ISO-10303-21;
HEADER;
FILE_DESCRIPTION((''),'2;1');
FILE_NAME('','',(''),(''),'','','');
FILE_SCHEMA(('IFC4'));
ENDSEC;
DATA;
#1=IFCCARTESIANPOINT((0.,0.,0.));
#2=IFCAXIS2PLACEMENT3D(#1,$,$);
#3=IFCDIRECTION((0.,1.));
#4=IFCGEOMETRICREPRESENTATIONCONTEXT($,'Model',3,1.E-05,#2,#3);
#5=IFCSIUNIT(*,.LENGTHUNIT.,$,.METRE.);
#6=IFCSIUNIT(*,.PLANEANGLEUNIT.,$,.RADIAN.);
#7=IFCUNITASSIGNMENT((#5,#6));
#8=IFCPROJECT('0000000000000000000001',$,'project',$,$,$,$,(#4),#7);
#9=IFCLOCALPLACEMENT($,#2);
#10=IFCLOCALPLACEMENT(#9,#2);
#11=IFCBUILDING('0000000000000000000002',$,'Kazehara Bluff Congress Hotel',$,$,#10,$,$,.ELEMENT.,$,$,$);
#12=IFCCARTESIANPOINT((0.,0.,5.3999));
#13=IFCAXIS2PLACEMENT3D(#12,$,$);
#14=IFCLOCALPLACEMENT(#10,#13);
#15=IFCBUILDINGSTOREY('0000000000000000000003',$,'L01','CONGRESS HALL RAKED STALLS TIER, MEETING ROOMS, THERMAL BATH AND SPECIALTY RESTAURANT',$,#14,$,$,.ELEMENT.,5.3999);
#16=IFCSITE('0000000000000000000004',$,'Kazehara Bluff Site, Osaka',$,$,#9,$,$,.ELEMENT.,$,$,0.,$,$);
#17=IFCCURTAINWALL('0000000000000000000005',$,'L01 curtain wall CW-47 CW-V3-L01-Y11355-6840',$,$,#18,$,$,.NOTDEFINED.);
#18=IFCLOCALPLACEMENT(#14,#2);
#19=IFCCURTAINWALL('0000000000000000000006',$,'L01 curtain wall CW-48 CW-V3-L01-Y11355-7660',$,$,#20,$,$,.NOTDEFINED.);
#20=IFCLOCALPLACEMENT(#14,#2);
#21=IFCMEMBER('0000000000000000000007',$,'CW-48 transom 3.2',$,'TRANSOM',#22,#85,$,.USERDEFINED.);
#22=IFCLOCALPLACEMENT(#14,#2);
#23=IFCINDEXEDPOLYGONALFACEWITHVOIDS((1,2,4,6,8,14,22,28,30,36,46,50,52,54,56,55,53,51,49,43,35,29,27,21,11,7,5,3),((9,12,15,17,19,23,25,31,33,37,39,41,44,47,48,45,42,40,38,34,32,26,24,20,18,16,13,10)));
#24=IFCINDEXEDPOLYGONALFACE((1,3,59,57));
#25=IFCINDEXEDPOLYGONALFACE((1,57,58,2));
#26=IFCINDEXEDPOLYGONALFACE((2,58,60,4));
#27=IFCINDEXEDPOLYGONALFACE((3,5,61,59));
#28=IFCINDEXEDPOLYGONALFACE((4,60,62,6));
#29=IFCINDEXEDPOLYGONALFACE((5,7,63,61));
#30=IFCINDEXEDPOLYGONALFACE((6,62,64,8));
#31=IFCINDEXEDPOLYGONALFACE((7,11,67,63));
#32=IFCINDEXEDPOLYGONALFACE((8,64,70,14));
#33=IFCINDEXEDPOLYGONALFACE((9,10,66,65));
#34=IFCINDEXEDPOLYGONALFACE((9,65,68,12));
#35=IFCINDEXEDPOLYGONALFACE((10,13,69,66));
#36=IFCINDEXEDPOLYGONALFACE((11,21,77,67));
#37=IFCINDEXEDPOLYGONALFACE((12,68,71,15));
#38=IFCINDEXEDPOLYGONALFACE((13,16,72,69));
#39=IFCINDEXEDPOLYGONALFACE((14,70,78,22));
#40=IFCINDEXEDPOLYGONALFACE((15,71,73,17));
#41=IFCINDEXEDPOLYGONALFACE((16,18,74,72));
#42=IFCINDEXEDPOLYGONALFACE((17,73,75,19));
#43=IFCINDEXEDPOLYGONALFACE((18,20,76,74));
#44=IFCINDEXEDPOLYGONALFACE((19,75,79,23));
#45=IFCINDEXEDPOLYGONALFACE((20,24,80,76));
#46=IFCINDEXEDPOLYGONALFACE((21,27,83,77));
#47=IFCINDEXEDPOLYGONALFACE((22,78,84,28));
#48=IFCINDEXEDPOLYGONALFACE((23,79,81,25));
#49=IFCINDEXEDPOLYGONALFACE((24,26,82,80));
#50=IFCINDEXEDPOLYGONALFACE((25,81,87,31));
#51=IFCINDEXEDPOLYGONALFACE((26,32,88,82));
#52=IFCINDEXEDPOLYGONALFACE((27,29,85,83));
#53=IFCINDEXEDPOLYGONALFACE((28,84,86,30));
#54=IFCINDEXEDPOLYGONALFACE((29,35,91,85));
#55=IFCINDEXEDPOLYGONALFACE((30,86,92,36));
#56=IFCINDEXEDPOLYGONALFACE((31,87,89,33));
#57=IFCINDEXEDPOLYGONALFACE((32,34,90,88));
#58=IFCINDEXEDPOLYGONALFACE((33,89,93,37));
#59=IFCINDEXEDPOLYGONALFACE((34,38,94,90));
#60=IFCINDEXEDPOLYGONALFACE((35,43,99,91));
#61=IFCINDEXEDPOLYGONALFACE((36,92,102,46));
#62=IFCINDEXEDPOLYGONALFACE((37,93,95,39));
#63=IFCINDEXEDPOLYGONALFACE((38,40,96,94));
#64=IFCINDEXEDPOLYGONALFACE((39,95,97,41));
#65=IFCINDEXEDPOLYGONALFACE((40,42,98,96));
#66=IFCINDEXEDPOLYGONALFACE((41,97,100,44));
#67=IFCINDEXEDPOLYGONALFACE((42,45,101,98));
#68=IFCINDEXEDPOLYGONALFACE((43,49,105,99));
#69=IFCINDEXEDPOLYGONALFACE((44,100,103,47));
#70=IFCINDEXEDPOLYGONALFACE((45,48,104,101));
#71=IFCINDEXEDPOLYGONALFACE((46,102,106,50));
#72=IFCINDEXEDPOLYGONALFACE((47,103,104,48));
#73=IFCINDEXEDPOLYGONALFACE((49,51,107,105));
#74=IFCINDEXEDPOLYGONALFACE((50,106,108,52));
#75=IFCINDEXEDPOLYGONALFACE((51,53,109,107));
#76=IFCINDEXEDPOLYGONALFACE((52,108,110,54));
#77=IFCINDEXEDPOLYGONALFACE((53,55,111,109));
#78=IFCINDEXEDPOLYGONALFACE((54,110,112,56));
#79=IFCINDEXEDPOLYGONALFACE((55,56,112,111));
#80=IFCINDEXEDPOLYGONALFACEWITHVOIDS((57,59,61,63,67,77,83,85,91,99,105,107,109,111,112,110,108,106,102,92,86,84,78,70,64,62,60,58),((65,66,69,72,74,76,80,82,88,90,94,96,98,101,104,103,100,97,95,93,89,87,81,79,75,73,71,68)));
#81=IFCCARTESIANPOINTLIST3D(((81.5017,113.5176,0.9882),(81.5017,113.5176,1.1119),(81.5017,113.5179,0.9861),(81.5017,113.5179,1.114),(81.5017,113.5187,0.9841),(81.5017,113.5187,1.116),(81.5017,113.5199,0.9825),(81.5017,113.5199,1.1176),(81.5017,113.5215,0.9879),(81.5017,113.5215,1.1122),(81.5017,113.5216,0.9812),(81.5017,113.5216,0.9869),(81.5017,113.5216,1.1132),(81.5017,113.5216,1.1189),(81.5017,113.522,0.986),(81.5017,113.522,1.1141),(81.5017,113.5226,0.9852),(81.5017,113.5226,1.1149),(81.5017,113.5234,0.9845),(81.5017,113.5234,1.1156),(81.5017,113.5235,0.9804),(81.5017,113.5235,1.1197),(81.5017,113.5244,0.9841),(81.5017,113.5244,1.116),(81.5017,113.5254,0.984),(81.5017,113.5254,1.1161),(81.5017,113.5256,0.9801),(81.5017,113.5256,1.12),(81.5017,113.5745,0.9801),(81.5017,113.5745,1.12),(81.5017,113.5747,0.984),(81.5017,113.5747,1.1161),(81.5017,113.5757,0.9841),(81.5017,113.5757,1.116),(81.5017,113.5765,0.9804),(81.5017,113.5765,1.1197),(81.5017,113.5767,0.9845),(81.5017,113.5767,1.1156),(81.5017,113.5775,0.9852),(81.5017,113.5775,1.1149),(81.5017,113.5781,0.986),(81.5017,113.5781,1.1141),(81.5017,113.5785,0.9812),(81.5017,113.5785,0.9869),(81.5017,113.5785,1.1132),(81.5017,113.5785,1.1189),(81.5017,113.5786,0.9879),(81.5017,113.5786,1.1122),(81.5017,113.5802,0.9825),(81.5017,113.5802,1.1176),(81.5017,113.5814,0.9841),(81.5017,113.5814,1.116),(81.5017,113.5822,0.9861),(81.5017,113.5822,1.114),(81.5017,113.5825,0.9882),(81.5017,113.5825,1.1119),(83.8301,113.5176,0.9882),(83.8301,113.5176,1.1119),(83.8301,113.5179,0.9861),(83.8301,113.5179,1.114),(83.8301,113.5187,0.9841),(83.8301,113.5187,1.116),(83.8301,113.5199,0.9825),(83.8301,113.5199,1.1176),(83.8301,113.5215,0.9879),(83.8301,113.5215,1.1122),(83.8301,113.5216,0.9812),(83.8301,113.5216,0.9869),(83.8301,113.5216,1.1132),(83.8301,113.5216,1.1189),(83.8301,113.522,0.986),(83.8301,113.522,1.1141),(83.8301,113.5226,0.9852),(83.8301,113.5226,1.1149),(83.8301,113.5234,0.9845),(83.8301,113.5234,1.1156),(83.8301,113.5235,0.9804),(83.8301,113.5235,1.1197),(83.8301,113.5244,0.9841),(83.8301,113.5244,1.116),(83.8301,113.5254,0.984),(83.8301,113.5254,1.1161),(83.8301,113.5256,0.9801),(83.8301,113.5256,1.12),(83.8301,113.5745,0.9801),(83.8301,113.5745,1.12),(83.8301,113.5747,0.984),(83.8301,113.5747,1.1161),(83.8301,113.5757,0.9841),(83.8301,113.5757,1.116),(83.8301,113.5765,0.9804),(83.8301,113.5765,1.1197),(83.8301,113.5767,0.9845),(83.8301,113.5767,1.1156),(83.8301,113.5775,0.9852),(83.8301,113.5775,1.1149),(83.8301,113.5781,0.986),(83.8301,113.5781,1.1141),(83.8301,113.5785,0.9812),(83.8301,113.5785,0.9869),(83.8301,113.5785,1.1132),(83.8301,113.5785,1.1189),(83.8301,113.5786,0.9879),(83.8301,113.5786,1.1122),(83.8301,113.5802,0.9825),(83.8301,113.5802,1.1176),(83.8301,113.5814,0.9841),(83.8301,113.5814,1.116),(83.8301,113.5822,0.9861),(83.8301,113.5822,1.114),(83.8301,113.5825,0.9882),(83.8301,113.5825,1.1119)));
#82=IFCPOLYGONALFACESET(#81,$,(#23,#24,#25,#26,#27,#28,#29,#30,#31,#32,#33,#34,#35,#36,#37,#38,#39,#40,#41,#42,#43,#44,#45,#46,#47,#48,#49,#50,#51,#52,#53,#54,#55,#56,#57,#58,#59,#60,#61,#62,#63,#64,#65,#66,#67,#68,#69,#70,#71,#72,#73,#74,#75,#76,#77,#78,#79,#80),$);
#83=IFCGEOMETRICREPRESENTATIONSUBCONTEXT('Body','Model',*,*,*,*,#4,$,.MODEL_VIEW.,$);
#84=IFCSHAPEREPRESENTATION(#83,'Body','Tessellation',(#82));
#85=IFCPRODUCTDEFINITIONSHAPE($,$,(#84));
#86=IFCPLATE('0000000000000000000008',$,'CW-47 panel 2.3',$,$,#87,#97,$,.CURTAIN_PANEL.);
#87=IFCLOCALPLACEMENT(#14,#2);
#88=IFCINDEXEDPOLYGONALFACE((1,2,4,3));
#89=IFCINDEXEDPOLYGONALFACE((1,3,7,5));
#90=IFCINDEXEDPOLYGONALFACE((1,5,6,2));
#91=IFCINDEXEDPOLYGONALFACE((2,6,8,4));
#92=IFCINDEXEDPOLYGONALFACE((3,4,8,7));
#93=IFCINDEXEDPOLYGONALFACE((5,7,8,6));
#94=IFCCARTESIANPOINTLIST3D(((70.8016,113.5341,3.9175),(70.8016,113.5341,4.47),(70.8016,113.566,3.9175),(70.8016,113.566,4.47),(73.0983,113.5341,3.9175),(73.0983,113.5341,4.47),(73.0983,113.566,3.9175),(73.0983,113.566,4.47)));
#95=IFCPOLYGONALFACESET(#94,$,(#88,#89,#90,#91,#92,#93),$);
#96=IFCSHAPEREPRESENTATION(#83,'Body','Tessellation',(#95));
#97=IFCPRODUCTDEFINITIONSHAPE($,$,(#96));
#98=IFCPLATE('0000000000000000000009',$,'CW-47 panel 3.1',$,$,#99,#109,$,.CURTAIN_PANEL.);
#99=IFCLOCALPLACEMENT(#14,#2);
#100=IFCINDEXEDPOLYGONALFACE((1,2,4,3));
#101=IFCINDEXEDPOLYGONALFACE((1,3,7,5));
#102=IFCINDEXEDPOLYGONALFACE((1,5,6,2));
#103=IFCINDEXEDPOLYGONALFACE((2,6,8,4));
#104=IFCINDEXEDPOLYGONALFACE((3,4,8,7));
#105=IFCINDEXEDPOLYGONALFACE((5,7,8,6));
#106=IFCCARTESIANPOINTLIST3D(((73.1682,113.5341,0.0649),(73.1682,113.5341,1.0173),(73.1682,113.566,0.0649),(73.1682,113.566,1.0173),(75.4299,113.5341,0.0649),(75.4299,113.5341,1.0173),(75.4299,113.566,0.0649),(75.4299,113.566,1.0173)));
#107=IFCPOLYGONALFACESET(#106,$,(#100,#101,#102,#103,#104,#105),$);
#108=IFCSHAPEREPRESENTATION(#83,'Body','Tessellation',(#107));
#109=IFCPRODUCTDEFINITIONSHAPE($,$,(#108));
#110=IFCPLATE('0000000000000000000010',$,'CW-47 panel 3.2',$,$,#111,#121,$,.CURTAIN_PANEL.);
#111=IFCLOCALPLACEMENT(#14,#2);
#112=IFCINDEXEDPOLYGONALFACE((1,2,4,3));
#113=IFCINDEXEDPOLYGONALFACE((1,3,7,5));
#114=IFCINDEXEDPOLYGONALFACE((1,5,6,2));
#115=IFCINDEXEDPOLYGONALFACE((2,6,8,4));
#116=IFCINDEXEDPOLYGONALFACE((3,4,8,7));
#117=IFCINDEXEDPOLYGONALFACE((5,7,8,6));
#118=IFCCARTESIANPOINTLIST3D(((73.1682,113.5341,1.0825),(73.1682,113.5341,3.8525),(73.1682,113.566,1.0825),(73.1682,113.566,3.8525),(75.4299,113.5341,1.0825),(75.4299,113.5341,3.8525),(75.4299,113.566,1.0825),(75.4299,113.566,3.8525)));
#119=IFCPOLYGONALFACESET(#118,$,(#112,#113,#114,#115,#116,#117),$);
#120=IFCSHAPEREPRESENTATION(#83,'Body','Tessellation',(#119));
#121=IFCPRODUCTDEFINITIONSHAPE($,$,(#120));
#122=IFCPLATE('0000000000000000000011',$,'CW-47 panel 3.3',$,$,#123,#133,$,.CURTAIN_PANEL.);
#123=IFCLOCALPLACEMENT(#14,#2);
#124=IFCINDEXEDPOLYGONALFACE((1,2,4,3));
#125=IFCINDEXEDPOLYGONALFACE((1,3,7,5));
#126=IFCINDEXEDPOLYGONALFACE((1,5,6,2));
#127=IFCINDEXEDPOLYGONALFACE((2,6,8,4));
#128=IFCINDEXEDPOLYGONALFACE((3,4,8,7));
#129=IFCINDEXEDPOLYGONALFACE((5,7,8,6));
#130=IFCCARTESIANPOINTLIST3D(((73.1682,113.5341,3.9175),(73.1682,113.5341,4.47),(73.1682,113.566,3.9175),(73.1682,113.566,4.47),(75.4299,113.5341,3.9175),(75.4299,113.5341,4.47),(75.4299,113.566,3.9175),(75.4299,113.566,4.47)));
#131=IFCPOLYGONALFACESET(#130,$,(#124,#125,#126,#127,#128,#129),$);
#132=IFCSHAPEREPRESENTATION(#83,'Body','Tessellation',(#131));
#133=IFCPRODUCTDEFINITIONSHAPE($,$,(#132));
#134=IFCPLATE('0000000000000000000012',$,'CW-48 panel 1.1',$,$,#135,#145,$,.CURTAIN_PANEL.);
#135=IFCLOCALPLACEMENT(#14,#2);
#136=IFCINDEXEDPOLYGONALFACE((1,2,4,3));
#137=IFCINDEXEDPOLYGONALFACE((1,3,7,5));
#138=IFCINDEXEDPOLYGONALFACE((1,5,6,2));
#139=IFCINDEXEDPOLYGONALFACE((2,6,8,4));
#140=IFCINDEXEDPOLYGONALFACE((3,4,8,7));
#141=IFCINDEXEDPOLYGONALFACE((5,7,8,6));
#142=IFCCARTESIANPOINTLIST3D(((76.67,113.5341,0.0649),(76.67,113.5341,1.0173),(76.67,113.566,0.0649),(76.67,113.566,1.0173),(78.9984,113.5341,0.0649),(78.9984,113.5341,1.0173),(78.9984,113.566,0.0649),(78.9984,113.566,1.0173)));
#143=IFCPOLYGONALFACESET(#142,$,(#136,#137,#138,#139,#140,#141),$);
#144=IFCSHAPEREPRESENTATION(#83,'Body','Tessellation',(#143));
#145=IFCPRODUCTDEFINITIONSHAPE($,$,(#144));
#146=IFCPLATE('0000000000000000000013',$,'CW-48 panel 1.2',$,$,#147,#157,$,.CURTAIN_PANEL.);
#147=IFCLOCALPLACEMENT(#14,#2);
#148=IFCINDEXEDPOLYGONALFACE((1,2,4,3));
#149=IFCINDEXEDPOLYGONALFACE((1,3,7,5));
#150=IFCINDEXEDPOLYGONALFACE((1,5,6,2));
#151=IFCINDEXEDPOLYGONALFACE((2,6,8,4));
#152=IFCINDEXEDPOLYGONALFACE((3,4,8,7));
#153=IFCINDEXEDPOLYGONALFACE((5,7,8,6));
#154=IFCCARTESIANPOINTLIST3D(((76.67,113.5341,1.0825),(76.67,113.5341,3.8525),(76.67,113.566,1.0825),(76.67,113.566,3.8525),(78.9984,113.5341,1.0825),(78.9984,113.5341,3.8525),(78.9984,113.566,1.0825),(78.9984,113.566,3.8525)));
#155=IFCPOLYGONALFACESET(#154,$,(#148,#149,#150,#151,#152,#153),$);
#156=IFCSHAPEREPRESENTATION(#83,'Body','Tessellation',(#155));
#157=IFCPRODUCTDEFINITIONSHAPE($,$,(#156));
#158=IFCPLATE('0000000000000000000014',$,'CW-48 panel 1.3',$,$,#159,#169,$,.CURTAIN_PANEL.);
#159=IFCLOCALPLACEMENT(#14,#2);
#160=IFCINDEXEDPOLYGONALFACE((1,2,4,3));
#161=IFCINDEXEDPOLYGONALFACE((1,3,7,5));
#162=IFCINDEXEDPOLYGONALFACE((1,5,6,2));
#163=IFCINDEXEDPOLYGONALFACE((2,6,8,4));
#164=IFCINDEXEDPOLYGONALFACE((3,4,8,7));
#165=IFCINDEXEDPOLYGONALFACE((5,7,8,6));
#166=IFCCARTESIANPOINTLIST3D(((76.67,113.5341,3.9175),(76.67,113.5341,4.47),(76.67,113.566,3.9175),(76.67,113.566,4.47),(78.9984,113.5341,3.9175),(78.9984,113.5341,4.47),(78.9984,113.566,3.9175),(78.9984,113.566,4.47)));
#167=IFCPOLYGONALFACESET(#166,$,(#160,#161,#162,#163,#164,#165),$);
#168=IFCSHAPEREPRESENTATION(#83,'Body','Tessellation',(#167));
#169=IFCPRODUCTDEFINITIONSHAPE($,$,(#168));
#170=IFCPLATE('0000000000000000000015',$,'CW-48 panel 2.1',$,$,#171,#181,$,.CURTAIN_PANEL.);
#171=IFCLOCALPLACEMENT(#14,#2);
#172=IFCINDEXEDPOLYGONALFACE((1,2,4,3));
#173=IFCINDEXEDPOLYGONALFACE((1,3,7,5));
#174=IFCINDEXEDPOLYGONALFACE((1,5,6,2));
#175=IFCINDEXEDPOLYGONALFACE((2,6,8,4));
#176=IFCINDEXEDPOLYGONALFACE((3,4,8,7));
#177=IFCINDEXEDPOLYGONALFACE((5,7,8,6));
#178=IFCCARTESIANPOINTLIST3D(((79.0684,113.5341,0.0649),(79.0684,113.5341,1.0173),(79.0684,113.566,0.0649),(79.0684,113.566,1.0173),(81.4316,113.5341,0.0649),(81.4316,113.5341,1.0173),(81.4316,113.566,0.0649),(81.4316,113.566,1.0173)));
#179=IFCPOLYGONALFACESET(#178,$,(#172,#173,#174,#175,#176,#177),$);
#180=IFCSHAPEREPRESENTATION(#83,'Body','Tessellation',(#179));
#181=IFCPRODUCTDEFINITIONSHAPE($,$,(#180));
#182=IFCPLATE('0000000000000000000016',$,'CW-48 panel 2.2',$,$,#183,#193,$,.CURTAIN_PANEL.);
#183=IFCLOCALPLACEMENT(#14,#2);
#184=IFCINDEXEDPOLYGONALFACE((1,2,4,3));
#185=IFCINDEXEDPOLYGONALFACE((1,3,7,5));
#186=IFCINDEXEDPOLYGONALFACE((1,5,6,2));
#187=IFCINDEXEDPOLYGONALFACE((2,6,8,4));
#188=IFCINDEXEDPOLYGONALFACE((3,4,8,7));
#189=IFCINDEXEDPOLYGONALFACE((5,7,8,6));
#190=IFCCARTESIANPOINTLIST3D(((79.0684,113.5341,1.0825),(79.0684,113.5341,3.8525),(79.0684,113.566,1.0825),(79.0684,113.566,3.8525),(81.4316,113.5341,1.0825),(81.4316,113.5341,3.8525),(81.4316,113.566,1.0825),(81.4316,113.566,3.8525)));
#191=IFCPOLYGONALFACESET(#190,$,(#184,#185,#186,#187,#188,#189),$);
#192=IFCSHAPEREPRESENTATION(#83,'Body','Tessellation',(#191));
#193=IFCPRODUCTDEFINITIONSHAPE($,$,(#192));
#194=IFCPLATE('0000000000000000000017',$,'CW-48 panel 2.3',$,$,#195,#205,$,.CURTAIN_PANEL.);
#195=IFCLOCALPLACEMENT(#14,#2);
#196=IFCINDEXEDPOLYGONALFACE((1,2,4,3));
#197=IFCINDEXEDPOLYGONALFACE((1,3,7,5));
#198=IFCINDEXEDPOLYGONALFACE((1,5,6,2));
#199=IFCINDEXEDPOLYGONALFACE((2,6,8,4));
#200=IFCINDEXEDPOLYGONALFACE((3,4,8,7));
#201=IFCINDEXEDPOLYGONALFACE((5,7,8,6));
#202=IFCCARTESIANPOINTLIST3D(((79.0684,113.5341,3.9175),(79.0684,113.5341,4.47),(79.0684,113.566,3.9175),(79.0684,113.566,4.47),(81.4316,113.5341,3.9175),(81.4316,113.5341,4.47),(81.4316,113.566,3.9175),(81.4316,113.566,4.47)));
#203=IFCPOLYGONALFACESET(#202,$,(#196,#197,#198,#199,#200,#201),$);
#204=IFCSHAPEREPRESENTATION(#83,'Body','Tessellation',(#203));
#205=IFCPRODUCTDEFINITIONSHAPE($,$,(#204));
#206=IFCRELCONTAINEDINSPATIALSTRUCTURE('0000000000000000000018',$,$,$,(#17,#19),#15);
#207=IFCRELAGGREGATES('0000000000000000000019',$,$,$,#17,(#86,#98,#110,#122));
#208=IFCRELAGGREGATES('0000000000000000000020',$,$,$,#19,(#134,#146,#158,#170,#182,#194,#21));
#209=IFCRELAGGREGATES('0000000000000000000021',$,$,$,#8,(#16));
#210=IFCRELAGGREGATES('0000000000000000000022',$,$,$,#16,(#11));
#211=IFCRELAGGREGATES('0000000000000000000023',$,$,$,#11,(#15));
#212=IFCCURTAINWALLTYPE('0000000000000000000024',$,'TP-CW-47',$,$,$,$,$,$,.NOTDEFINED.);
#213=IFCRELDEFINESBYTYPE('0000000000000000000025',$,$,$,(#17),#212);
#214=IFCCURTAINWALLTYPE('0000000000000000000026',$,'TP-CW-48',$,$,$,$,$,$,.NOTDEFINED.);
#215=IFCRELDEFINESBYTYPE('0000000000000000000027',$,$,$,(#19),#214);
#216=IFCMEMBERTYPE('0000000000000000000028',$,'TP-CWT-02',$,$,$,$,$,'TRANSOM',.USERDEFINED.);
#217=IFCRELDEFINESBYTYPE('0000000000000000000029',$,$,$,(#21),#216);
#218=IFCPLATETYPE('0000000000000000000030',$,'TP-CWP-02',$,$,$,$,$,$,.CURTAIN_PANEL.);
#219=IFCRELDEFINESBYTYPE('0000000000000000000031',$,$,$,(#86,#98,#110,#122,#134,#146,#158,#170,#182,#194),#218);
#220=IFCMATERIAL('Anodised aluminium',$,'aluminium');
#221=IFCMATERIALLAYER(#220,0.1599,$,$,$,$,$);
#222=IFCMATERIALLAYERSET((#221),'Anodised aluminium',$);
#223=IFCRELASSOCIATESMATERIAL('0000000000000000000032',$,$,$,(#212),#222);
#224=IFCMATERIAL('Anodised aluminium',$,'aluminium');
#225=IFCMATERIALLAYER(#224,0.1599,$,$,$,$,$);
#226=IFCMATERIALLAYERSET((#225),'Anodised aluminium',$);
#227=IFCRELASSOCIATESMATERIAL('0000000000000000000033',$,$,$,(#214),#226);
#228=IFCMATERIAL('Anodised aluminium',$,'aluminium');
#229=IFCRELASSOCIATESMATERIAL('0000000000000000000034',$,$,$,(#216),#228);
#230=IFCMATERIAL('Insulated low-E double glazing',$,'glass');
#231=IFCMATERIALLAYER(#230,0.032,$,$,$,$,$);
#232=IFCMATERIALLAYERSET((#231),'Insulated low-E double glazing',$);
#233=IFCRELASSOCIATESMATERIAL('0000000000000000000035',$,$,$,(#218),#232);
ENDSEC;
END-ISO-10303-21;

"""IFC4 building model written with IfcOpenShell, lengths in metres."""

from ifc_helpers import new_model, si_unit, direction, frame, origin, origin_2d, place, context, subcontext, project, spatial, rectangle, hollow_rectangle, extrude, material, layer, layer_set, material_profile, profile_set, type_object, element, aggregate, save


model = new_model("IFC4")

# Units and contexts
model_context = context("Model", 3, precision=1e-05, world=origin(), true_north=direction((0.0, 1.0)))
body_context = subcontext(model_context, "Body", "Model", "MODEL_VIEW")
ifc_project = project(units=[si_unit("LENGTHUNIT", "METRE"), si_unit("PLANEANGLEUNIT", "RADIAN")], contexts=[model_context])

# Site, building, storey
site_placement = place(None, origin())
site = spatial("IfcSite", under=ifc_project, at=site_placement, Name="Kazehara Bluff Site, Osaka", CompositionType="ELEMENT", RefElevation=0.0)
building_placement = place(site_placement, origin())
building = spatial("IfcBuilding", under=site, at=building_placement, Name="Kazehara Bluff Congress Hotel", CompositionType="ELEMENT")
storey_placement = place(building_placement, frame((0.0, 0.0, 5.3999)))
storey = spatial("IfcBuildingStorey", under=building, at=storey_placement, Name="L01", Description="CONGRESS HALL RAKED STALLS TIER, MEETING ROOMS, THERMAL BATH AND SPECIALTY RESTAURANT", CompositionType="ELEMENT", Elevation=5.3999)

# Curtain walls
ifc_material_1 = material(Name="Anodised aluminium", Category="aluminium")
ifc_layer_1 = layer(ifc_material_1, 0.1599)
ifc_layer_set_1 = layer_set([ifc_layer_1], Name="Anodised aluminium")
curtain_wall_type_1 = type_object("IfcCurtainWallType", Name="TP-CW-47", PredefinedType="NOTDEFINED", material=ifc_layer_set_1)
curtain_wall_1_placement = place(storey_placement, origin())
curtain_wall_1 = element("IfcCurtainWall", 1, at=curtain_wall_1_placement, inside=storey, type_object=curtain_wall_type_1, Name="L01 curtain wall CW-47 CW-V3-L01-Y11355-6840", PredefinedType="NOTDEFINED")
ifc_material_2 = material(Name="Anodised aluminium", Category="aluminium")
ifc_layer_2 = layer(ifc_material_2, 0.1599)
ifc_layer_set_2 = layer_set([ifc_layer_2], Name="Anodised aluminium")
curtain_wall_type_2 = type_object("IfcCurtainWallType", Name="TP-CW-48", PredefinedType="NOTDEFINED", material=ifc_layer_set_2)
curtain_wall_2_placement = place(storey_placement, origin())
curtain_wall_2 = element("IfcCurtainWall", 2, at=curtain_wall_2_placement, inside=storey, type_object=curtain_wall_type_2, Name="L01 curtain wall CW-48 CW-V3-L01-Y11355-7660", PredefinedType="NOTDEFINED")

# Member
ifc_material_3 = material(Name="Anodised aluminium", Category="aluminium")
ifc_material_profile_1 = material_profile(ifc_material_3, hollow_rectangle(XDim=0.0649, YDim=0.1399, WallThickness=0.0039, InnerFilletRadius=0.0039, OuterFilletRadius=0.0081, at=origin_2d()))
ifc_profile_set_1 = profile_set([ifc_material_profile_1], Name="Anodised aluminium")
member_type_1 = type_object("IfcMemberType", Name="TP-CWT-02", ElementType="TRANSOM", PredefinedType="USERDEFINED", material=ifc_profile_set_1)
member_1_placement = place(storey_placement, frame((81.5017, 113.55, 1.05), z_axis=(1.0, 0.0, 0.0), x_axis=(0.0, 1.0, 0.0)))
member_1 = element("IfcMember", 3, at=member_1_placement, type_object=member_type_1, Name="CW-48 transom 3.2", ObjectType="TRANSOM", PredefinedType="USERDEFINED", context=body_context, shape_type="SweptSolid", body=[
    extrude(hollow_rectangle(XDim=0.0649, YDim=0.1399, WallThickness=0.0039, InnerFilletRadius=0.0039, OuterFilletRadius=0.0081, at=origin_2d()), origin(), (0.0, 0.0, 1.0), 2.3284),
])

# Plates
ifc_material_4 = material(Name="Insulated low-E double glazing", Category="glass")
ifc_layer_3 = layer(ifc_material_4, 0.032)
ifc_layer_set_3 = layer_set([ifc_layer_3], Name="Insulated low-E double glazing")
plate_type = type_object("IfcPlateType", Name="TP-CWP-02", PredefinedType="CURTAIN_PANEL", material=ifc_layer_set_3)
plate_1_placement = place(storey_placement, frame((71.95, 113.55, 3.9175), z_axis=(0.0, 0.0, 1.0), x_axis=(1.0, 0.0, 0.0)))
plate_1 = element("IfcPlate", 4, at=plate_1_placement, type_object=plate_type, Name="CW-47 panel 2.3", PredefinedType="CURTAIN_PANEL", context=body_context, shape_type="SweptSolid", body=[
    extrude(rectangle(XDim=2.2966, YDim=0.032, at=origin_2d()), origin(), (0.0, 0.0, 1.0), 0.5525),
])
plate_2_placement = place(storey_placement, frame((74.2991, 113.55, 0.0649), z_axis=(0.0, 0.0, 1.0), x_axis=(1.0, 0.0, 0.0)))
plate_2 = element("IfcPlate", 5, at=plate_2_placement, type_object=plate_type, Name="CW-47 panel 3.1", PredefinedType="CURTAIN_PANEL", context=body_context, shape_type="SweptSolid", body=[
    extrude(rectangle(XDim=2.2617, YDim=0.032, at=origin_2d()), origin(), (0.0, 0.0, 1.0), 0.9524),
])
plate_3_placement = place(storey_placement, frame((74.2991, 113.55, 1.0825), z_axis=(0.0, 0.0, 1.0), x_axis=(1.0, 0.0, 0.0)))
plate_3 = element("IfcPlate", 6, at=plate_3_placement, type_object=plate_type, Name="CW-47 panel 3.2", PredefinedType="CURTAIN_PANEL", context=body_context, shape_type="SweptSolid", body=[
    extrude(rectangle(XDim=2.2617, YDim=0.032, at=origin_2d()), origin(), (0.0, 0.0, 1.0), 2.77),
])
plate_4_placement = place(storey_placement, frame((74.2991, 113.55, 3.9175), z_axis=(0.0, 0.0, 1.0), x_axis=(1.0, 0.0, 0.0)))
plate_4 = element("IfcPlate", 7, at=plate_4_placement, type_object=plate_type, Name="CW-47 panel 3.3", PredefinedType="CURTAIN_PANEL", context=body_context, shape_type="SweptSolid", body=[
    extrude(rectangle(XDim=2.2617, YDim=0.032, at=origin_2d()), origin(), (0.0, 0.0, 1.0), 0.5525),
])
aggregate(curtain_wall_1, [plate_1, plate_2, plate_3, plate_4])
plate_5_placement = place(storey_placement, frame((77.8342, 113.55, 0.0649), z_axis=(0.0, 0.0, 1.0), x_axis=(1.0, 0.0, 0.0)))
plate_5 = element("IfcPlate", 8, at=plate_5_placement, type_object=plate_type, Name="CW-48 panel 1.1", PredefinedType="CURTAIN_PANEL", context=body_context, shape_type="SweptSolid", body=[
    extrude(rectangle(XDim=2.3284, YDim=0.032, at=origin_2d()), origin(), (0.0, 0.0, 1.0), 0.9524),
])
plate_6_placement = place(storey_placement, frame((77.8342, 113.55, 1.0825), z_axis=(0.0, 0.0, 1.0), x_axis=(1.0, 0.0, 0.0)))
plate_6 = element("IfcPlate", 9, at=plate_6_placement, type_object=plate_type, Name="CW-48 panel 1.2", PredefinedType="CURTAIN_PANEL", context=body_context, shape_type="SweptSolid", body=[
    extrude(rectangle(XDim=2.3284, YDim=0.032, at=origin_2d()), origin(), (0.0, 0.0, 1.0), 2.77),
])
plate_7_placement = place(storey_placement, frame((77.8342, 113.55, 3.9175), z_axis=(0.0, 0.0, 1.0), x_axis=(1.0, 0.0, 0.0)))
plate_7 = element("IfcPlate", 10, at=plate_7_placement, type_object=plate_type, Name="CW-48 panel 1.3", PredefinedType="CURTAIN_PANEL", context=body_context, shape_type="SweptSolid", body=[
    extrude(rectangle(XDim=2.3284, YDim=0.032, at=origin_2d()), origin(), (0.0, 0.0, 1.0), 0.5525),
])
plate_8_placement = place(storey_placement, frame((80.25, 113.55, 0.0649), z_axis=(0.0, 0.0, 1.0), x_axis=(1.0, 0.0, 0.0)))
plate_8 = element("IfcPlate", 11, at=plate_8_placement, type_object=plate_type, Name="CW-48 panel 2.1", PredefinedType="CURTAIN_PANEL", context=body_context, shape_type="SweptSolid", body=[
    extrude(rectangle(XDim=2.3633, YDim=0.032, at=origin_2d()), origin(), (0.0, 0.0, 1.0), 0.9524),
])
plate_9_placement = place(storey_placement, frame((80.25, 113.55, 1.0825), z_axis=(0.0, 0.0, 1.0), x_axis=(1.0, 0.0, 0.0)))
plate_9 = element("IfcPlate", 12, at=plate_9_placement, type_object=plate_type, Name="CW-48 panel 2.2", PredefinedType="CURTAIN_PANEL", context=body_context, shape_type="SweptSolid", body=[
    extrude(rectangle(XDim=2.3633, YDim=0.032, at=origin_2d()), origin(), (0.0, 0.0, 1.0), 2.77),
])
plate_10_placement = place(storey_placement, frame((80.25, 113.55, 3.9175), z_axis=(0.0, 0.0, 1.0), x_axis=(1.0, 0.0, 0.0)))
plate_10 = element("IfcPlate", 13, at=plate_10_placement, type_object=plate_type, Name="CW-48 panel 2.3", PredefinedType="CURTAIN_PANEL", context=body_context, shape_type="SweptSolid", body=[
    extrude(rectangle(XDim=2.3633, YDim=0.032, at=origin_2d()), origin(), (0.0, 0.0, 1.0), 0.5525),
])
aggregate(curtain_wall_2, [plate_5, plate_6, plate_7, plate_8, plate_9, plate_10, member_1])

save(model, "model.ifc")
